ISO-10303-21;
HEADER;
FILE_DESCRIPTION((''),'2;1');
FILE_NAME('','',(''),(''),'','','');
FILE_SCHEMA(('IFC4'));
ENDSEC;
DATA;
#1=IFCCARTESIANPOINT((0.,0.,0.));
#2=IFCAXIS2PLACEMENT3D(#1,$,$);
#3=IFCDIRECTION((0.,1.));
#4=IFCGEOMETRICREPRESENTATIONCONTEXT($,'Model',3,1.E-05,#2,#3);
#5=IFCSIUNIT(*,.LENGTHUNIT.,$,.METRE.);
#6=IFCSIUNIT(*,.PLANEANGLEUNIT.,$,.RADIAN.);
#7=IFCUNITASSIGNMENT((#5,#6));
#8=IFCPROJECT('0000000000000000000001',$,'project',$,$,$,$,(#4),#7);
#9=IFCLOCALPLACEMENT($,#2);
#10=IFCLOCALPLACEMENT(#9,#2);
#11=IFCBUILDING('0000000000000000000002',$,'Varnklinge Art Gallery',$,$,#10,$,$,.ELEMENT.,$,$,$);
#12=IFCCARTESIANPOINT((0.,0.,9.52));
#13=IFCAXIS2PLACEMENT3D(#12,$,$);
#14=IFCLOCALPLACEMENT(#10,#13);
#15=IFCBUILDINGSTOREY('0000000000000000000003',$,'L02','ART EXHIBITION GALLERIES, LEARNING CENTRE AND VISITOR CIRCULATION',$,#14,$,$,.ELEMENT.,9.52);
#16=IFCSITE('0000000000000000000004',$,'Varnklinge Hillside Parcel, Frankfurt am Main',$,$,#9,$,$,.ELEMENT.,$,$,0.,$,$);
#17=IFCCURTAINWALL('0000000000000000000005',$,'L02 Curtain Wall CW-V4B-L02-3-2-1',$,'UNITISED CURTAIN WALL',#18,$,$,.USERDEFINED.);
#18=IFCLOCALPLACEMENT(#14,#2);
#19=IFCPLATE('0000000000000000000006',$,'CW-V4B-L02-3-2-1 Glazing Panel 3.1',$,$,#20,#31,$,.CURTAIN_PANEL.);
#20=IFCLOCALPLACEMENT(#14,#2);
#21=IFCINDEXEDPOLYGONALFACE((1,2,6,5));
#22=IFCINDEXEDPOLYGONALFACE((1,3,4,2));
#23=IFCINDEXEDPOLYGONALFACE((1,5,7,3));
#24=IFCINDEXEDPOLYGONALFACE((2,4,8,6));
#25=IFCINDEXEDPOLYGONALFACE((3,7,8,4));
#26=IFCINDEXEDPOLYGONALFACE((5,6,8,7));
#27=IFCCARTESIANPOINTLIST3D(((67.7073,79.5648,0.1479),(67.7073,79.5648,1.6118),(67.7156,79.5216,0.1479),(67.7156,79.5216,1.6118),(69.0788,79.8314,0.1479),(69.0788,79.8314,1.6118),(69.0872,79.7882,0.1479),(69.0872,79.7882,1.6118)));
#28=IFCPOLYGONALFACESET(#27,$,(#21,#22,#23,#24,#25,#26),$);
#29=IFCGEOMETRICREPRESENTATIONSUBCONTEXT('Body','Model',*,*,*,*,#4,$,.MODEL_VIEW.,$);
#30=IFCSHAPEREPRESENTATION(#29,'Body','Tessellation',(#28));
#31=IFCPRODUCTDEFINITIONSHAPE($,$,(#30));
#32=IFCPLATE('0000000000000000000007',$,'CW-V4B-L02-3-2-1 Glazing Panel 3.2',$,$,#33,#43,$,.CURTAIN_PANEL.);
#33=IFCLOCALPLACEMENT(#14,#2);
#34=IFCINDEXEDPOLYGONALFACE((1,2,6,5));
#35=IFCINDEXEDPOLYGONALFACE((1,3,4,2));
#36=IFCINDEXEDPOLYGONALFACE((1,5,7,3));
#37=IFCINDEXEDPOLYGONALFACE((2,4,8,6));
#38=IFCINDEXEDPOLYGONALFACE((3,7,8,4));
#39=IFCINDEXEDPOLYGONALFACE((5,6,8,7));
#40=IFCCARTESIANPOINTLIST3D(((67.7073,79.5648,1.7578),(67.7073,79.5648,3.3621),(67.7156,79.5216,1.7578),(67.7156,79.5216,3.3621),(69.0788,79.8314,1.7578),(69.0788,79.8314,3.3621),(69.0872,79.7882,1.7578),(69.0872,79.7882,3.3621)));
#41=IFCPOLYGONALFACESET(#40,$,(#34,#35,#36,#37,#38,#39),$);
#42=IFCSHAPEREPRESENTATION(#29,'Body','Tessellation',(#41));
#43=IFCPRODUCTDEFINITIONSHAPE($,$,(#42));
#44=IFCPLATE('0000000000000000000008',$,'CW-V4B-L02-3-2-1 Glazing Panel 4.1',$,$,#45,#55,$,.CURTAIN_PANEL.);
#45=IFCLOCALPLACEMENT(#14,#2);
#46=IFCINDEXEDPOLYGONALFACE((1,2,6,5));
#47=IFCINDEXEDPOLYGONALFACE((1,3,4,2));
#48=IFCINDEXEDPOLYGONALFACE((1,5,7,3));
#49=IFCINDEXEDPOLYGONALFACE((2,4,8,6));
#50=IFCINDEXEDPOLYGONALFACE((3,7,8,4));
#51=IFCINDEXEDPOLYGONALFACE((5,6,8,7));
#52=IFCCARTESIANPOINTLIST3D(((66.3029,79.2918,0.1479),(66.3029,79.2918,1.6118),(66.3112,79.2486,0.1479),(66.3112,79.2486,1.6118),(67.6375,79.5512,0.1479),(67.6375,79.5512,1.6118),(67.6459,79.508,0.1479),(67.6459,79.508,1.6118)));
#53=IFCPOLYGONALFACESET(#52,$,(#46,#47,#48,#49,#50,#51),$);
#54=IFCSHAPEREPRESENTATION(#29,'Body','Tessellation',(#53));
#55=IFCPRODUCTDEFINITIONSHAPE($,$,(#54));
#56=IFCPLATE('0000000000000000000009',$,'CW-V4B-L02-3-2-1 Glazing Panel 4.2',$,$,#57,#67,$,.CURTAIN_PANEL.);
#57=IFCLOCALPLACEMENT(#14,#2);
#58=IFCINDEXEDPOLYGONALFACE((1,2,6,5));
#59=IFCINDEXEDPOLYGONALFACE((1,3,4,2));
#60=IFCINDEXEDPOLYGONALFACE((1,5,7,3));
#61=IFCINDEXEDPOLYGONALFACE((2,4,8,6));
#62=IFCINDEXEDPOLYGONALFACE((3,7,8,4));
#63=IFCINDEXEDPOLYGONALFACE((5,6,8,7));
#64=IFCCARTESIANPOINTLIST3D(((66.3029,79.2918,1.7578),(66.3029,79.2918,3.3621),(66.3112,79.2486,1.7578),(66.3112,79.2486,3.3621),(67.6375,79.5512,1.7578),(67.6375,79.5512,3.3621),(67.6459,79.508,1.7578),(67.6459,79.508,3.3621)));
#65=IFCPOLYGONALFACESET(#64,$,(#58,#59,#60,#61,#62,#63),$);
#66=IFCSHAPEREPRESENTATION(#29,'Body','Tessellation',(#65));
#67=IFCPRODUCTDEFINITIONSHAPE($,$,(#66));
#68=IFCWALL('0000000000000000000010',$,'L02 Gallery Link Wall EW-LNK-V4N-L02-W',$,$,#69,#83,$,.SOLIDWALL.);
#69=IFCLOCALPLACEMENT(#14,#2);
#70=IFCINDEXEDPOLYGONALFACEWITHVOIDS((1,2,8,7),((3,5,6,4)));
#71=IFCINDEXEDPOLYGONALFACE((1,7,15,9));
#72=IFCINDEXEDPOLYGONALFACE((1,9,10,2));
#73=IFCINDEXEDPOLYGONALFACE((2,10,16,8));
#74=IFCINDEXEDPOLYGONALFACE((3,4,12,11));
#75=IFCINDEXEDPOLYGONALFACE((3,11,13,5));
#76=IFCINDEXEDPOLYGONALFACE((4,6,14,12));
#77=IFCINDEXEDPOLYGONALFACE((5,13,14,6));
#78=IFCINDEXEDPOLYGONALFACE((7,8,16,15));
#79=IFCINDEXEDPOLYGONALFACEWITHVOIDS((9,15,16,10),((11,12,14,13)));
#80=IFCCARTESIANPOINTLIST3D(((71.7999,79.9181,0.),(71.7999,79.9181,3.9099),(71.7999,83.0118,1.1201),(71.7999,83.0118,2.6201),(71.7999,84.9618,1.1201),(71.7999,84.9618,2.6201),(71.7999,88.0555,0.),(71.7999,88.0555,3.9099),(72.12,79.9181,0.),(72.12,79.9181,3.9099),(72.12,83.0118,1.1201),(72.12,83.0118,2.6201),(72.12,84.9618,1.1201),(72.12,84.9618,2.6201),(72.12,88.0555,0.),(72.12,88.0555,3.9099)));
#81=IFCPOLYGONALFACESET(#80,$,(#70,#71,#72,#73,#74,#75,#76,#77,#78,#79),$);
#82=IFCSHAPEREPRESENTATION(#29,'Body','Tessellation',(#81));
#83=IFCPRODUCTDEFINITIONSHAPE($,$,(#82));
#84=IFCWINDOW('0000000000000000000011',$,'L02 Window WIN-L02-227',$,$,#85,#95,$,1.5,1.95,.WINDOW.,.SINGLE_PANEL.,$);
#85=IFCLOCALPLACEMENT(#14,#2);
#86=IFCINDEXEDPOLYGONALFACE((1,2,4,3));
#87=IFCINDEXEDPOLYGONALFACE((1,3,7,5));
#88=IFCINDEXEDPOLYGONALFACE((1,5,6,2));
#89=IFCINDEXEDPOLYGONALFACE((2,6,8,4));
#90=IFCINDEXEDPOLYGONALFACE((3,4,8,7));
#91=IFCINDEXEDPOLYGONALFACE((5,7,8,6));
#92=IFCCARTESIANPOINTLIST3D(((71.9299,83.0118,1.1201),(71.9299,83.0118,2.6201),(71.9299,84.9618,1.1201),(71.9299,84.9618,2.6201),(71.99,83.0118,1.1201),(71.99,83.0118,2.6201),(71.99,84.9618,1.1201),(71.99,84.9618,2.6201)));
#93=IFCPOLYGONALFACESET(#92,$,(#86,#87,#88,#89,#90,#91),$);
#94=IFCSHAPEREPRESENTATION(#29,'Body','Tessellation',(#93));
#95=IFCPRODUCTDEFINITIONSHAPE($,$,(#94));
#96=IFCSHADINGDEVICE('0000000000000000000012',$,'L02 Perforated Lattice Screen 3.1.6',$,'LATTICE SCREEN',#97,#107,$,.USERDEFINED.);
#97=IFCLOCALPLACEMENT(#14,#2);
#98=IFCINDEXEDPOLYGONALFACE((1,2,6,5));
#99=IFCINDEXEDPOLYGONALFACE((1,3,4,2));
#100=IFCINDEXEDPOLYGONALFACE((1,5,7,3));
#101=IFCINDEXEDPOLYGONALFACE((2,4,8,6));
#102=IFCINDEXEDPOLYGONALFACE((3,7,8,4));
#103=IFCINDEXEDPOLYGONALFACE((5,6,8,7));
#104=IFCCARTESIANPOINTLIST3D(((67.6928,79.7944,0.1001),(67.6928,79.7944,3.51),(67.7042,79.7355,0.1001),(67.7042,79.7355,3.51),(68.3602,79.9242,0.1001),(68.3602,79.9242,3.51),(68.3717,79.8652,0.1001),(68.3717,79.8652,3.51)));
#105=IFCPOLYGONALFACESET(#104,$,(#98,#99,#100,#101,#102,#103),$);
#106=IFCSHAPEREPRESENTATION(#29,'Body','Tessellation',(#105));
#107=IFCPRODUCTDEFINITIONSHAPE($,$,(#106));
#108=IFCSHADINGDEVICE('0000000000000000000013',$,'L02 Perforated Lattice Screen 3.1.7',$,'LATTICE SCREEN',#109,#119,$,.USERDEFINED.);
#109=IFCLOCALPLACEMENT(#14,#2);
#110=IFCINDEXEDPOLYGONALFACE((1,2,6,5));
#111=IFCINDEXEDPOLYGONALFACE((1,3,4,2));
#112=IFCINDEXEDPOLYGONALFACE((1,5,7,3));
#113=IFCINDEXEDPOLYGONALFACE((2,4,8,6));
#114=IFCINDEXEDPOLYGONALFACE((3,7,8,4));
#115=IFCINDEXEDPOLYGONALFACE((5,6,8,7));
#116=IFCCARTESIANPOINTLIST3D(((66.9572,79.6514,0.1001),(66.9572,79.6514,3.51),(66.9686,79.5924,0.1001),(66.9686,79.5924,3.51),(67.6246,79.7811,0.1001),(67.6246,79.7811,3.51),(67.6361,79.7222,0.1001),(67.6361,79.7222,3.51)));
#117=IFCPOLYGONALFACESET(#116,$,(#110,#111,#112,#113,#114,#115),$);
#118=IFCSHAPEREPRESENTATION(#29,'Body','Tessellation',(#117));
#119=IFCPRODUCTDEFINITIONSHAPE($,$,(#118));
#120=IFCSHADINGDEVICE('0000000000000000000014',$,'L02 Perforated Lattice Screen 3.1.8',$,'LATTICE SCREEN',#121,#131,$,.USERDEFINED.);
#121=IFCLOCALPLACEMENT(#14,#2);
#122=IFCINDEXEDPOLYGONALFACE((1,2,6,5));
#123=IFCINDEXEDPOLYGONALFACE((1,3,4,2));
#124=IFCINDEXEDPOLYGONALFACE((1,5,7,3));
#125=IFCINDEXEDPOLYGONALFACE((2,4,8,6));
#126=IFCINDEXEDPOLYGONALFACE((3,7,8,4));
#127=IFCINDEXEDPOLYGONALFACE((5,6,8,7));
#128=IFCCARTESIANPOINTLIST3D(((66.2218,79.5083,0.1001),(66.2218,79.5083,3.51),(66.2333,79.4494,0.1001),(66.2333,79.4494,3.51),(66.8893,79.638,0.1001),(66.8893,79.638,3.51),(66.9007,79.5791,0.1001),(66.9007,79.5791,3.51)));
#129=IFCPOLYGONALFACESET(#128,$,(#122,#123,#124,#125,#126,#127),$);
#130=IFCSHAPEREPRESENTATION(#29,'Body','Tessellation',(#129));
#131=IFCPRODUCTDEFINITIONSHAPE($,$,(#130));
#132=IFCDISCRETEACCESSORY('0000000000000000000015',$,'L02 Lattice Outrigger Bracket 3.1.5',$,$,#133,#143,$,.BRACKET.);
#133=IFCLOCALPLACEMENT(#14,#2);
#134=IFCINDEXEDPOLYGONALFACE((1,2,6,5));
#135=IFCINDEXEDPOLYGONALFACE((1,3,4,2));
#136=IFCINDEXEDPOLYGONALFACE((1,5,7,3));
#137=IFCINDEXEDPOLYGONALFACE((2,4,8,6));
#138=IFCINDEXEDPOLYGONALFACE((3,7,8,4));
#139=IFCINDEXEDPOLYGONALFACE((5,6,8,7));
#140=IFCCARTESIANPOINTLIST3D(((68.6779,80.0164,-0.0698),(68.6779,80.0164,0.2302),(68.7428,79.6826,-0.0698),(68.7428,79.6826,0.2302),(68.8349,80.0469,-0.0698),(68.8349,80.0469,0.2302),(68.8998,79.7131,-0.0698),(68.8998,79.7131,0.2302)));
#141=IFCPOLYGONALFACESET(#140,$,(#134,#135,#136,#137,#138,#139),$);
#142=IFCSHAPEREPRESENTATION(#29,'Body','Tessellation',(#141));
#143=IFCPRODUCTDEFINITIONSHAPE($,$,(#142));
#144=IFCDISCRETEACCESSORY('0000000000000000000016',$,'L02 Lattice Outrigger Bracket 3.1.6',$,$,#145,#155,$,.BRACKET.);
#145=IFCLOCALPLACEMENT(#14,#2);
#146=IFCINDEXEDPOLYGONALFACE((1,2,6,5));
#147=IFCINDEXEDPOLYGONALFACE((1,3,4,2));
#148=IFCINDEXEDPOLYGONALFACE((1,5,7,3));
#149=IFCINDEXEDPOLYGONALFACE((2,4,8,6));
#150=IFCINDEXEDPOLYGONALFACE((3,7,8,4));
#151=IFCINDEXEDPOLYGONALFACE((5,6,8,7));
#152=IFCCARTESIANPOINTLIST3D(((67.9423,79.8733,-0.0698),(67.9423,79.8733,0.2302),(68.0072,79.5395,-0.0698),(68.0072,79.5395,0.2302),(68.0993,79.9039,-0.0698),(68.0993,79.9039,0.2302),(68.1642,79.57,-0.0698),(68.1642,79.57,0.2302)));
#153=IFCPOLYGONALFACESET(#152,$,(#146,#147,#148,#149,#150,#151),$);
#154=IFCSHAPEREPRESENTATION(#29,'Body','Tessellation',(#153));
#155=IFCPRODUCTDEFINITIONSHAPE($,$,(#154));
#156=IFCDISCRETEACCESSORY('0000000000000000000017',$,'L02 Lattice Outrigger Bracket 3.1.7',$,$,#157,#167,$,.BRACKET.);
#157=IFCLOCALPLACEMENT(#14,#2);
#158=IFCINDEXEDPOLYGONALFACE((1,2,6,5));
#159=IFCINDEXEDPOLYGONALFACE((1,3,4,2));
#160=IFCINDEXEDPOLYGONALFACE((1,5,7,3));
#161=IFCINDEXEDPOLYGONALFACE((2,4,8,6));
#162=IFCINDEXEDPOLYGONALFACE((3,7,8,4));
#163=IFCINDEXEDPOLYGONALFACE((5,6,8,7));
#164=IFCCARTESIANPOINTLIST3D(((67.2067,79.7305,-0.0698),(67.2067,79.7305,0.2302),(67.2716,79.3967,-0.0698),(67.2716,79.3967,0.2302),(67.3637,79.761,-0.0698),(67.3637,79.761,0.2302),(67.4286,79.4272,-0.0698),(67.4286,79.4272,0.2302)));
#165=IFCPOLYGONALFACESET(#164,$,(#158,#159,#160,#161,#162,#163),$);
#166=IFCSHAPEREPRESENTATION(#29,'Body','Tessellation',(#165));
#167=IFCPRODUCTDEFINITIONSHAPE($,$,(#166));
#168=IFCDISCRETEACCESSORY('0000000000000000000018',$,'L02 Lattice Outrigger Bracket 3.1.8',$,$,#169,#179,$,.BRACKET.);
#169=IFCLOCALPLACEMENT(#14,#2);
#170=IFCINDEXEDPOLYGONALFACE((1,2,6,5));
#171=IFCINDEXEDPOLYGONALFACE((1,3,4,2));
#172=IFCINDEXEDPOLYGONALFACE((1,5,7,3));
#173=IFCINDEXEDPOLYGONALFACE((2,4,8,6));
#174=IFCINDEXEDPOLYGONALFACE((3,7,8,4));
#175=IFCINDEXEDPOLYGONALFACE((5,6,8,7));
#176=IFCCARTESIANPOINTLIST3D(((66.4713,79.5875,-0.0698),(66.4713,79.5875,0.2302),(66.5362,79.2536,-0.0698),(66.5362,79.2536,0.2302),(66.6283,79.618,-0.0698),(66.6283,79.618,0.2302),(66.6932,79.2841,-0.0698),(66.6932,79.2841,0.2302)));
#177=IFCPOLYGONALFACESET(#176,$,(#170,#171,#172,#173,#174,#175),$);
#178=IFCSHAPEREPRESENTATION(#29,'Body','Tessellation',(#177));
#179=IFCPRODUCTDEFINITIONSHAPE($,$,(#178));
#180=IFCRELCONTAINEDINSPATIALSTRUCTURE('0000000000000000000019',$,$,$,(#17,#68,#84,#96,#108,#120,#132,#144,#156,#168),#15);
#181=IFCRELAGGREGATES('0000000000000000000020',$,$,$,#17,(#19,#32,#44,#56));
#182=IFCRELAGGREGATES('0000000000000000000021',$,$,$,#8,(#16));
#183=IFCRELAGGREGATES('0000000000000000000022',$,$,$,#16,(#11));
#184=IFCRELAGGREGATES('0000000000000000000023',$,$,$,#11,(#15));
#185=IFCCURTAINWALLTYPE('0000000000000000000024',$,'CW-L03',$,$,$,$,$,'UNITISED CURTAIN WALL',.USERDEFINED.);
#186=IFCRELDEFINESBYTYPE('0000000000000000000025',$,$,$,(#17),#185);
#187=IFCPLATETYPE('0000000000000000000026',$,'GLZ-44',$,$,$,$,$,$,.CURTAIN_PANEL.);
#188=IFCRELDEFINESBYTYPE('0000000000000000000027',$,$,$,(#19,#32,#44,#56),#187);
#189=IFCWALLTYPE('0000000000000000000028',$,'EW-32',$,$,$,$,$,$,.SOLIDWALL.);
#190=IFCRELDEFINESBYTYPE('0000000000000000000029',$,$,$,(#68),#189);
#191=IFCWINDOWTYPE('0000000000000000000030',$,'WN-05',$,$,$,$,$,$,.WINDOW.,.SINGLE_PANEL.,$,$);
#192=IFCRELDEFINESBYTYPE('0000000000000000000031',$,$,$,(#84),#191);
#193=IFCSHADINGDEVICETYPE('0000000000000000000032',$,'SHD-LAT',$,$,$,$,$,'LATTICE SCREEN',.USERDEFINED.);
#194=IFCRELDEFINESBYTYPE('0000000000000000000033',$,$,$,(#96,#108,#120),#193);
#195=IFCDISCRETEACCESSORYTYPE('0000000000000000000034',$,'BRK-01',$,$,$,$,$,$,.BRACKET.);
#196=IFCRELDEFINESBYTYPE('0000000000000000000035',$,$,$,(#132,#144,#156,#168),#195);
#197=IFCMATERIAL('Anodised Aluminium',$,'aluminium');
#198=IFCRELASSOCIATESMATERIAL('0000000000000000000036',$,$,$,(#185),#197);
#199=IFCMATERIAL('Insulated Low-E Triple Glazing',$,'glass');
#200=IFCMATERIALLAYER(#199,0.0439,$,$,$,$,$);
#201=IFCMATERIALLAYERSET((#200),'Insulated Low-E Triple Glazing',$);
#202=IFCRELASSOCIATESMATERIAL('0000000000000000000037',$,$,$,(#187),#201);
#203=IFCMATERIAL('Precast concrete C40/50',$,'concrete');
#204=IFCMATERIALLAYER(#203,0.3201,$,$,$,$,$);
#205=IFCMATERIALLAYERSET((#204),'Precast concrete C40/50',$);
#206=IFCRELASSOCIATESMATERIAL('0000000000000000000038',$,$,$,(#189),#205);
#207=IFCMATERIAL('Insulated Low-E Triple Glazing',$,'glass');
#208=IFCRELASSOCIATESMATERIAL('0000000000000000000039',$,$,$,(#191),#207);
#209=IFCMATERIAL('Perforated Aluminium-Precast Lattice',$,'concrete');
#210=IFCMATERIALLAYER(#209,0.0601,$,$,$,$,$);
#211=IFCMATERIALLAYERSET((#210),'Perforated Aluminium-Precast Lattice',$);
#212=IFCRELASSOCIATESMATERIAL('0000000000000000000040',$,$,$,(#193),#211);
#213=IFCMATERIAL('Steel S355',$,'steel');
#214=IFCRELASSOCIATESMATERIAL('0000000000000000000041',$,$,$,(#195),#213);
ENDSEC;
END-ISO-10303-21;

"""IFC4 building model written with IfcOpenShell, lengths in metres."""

from ifc_helpers import new_model, si_unit, direction, frame, frame_2d, origin, origin_2d, place, context, subcontext, project, spatial, rectangle, extrude, material, layer, layer_set, type_object, element, fill, aggregate, save


model = new_model("IFC4")

# Units and contexts
model_context = context("Model", 3, precision=1e-05, world=origin(), true_north=direction((0.0, 1.0)))
body_context = subcontext(model_context, "Body", "Model", "MODEL_VIEW")
ifc_project = project(units=[si_unit("LENGTHUNIT", "METRE"), si_unit("PLANEANGLEUNIT", "RADIAN")], contexts=[model_context])

# Site, building, storey
site_placement = place(None, origin())
site = spatial("IfcSite", under=ifc_project, at=site_placement, Name="Varnklinge Hillside Parcel, Frankfurt am Main", CompositionType="ELEMENT", RefElevation=0.0)
building_placement = place(site_placement, origin())
building = spatial("IfcBuilding", under=site, at=building_placement, Name="Varnklinge Art Gallery", CompositionType="ELEMENT")
storey_placement = place(building_placement, frame((0.0, 0.0, 9.52)))
storey = spatial("IfcBuildingStorey", under=building, at=storey_placement, Name="L02", Description="ART EXHIBITION GALLERIES, LEARNING CENTRE AND VISITOR CIRCULATION", CompositionType="ELEMENT", Elevation=9.52)

# Curtain wall
ifc_material_1 = material(Name="Anodised Aluminium", Category="aluminium")
curtain_wall_type = type_object("IfcCurtainWallType", Name="CW-L03", ElementType="UNITISED CURTAIN WALL", PredefinedType="USERDEFINED", material=ifc_material_1)
curtain_wall_1_placement = place(storey_placement, origin())
curtain_wall_1 = element("IfcCurtainWall", 1, at=curtain_wall_1_placement, inside=storey, type_object=curtain_wall_type, Name="L02 Curtain Wall CW-V4B-L02-3-2-1", ObjectType="UNITISED CURTAIN WALL", PredefinedType="USERDEFINED")

# Plates
ifc_material_2 = material(Name="Insulated Low-E Triple Glazing", Category="glass")
ifc_layer_1 = layer(ifc_material_2, 0.0439)
ifc_layer_set_1 = layer_set([ifc_layer_1], Name="Insulated Low-E Triple Glazing")
plate_type = type_object("IfcPlateType", Name="GLZ-44", PredefinedType="CURTAIN_PANEL", material=ifc_layer_set_1)
plate_1_placement = place(storey_placement, frame((68.3972, 79.6765, 0.1479), z_axis=(0.0, 0.0, 1.0), x_axis=(-0.981627, -0.190809, 0.0)))
plate_1 = element("IfcPlate", 2, at=plate_1_placement, type_object=plate_type, Name="CW-V4B-L02-3-2-1 Glazing Panel 3.1", PredefinedType="CURTAIN_PANEL", context=body_context, shape_type="SweptSolid", body=[
    extrude(rectangle(XDim=1.3972, YDim=0.0439, at=origin_2d()), origin(), (0.0, 0.0, 1.0), 1.4639),
])
plate_2_placement = place(storey_placement, frame((68.3972, 79.6765, 1.7578), z_axis=(0.0, 0.0, 1.0), x_axis=(-0.981627, -0.190809, 0.0)))
plate_2 = element("IfcPlate", 3, at=plate_2_placement, type_object=plate_type, Name="CW-V4B-L02-3-2-1 Glazing Panel 3.2", PredefinedType="CURTAIN_PANEL", context=body_context, shape_type="SweptSolid", body=[
    extrude(rectangle(XDim=1.3972, YDim=0.0439, at=origin_2d()), origin(), (0.0, 0.0, 1.0), 1.6042),
])
plate_3_placement = place(storey_placement, frame((66.9744, 79.3999, 0.1479), z_axis=(0.0, 0.0, 1.0), x_axis=(-0.981627, -0.190809, 0.0)))
plate_3 = element("IfcPlate", 4, at=plate_3_placement, type_object=plate_type, Name="CW-V4B-L02-3-2-1 Glazing Panel 4.1", PredefinedType="CURTAIN_PANEL", context=body_context, shape_type="SweptSolid", body=[
    extrude(rectangle(XDim=1.3596, YDim=0.0439, at=origin_2d()), origin(), (0.0, 0.0, 1.0), 1.4639),
])
plate_4_placement = place(storey_placement, frame((66.9744, 79.3999, 1.7578), z_axis=(0.0, 0.0, 1.0), x_axis=(-0.981627, -0.190809, 0.0)))
plate_4 = element("IfcPlate", 5, at=plate_4_placement, type_object=plate_type, Name="CW-V4B-L02-3-2-1 Glazing Panel 4.2", PredefinedType="CURTAIN_PANEL", context=body_context, shape_type="SweptSolid", body=[
    extrude(rectangle(XDim=1.3596, YDim=0.0439, at=origin_2d()), origin(), (0.0, 0.0, 1.0), 1.6042),
])
aggregate(curtain_wall_1, [plate_1, plate_2, plate_3, plate_4])

# Wall, opening, window
ifc_material_3 = material(Name="Precast concrete C40/50", Category="concrete")
ifc_layer_2 = layer(ifc_material_3, 0.3201)
ifc_layer_set_2 = layer_set([ifc_layer_2], Name="Precast concrete C40/50")
wall_type = type_object("IfcWallType", Name="EW-32", PredefinedType="SOLIDWALL", material=ifc_layer_set_2)
wall_placement = place(storey_placement, frame((71.96, 79.918, 0.0), z_axis=(0.0, 0.0, 1.0), x_axis=(0.0, 1.0, 0.0)))
wall = element("IfcWall", 6, at=wall_placement, inside=storey, type_object=wall_type, Name="L02 Gallery Link Wall EW-LNK-V4N-L02-W", PredefinedType="SOLIDWALL", context=body_context, shape_type="SweptSolid", body=[
    extrude(rectangle(XDim=8.1375, YDim=0.3201, at=frame_2d((4.0688, 0.0))), origin(), (0.0, 0.0, 1.0), 3.9099),
])
opening_placement = place(wall_placement, frame((3.0938, 0.0, 1.1201)))
opening = element("IfcOpeningElement", 7, at=opening_placement, cuts=wall, PredefinedType="OPENING", context=body_context, shape_type="SweptSolid", body=[
    extrude(rectangle(XDim=1.95, YDim=1.5, at=frame_2d((0.9751, 0.75))), frame((0.0, 0.1702, 0.0), z_axis=(0.0, -1.0, 0.0), x_axis=(1.0, 0.0, 0.0)), (0.0, 0.0, 1.0), 0.3401),
])
ifc_material_4 = material(Name="Insulated Low-E Triple Glazing", Category="glass")
window_type = type_object("IfcWindowType", Name="WN-05", PartitioningType="SINGLE_PANEL", PredefinedType="WINDOW", material=ifc_material_4)
window_placement = place(opening_placement, origin())
window = element("IfcWindow", 8, at=window_placement, inside=storey, type_object=window_type, Name="L02 Window WIN-L02-227", OverallHeight=1.5, OverallWidth=1.95, PartitioningType="SINGLE_PANEL", PredefinedType="WINDOW", context=body_context, shape_type="SweptSolid", body=[
    extrude(rectangle(XDim=1.95, YDim=1.5, at=frame_2d((0.9751, 0.75))), frame((0.0, 0.03, 0.0), z_axis=(0.0, -1.0, 0.0), x_axis=(1.0, 0.0, 0.0)), (0.0, 0.0, 1.0), 0.0601),
])
fill(opening, window)

# Shading devices
ifc_material_5 = material(Name="Perforated Aluminium-Precast Lattice", Category="concrete")
ifc_layer_3 = layer(ifc_material_5, 0.0601)
ifc_layer_set_3 = layer_set([ifc_layer_3], Name="Perforated Aluminium-Precast Lattice")
shading_device_type = type_object("IfcShadingDeviceType", Name="SHD-LAT", ElementType="LATTICE SCREEN", PredefinedType="USERDEFINED", material=ifc_layer_set_3)
for number, where, z_axis, x_axis, name in (
    (9, (68.0322, 79.8298, 0.1001), (0.0, 0.0, 1.0), (-0.981627, -0.190809, 0.0), "L02 Perforated Lattice Screen 3.1.6"),
    (10, (67.2966, 79.6868, 0.1001), (0.0, 0.0, 1.0), (-0.981627, -0.190809, 0.0), "L02 Perforated Lattice Screen 3.1.7"),
    (11, (66.5613, 79.5437, 0.1001), (0.0, 0.0, 1.0), (-0.981627, -0.190809, 0.0), "L02 Perforated Lattice Screen 3.1.8"),
):
    element("IfcShadingDevice", number, at=place(storey_placement, frame(where, z_axis=z_axis, x_axis=x_axis)), inside=storey, type_object=shading_device_type, Name=name, ObjectType="LATTICE SCREEN", PredefinedType="USERDEFINED", context=body_context, shape_type="SweptSolid", body=[
        extrude(rectangle(XDim=0.6799, YDim=0.0601, at=origin_2d()), origin(), (0.0, 0.0, 1.0), 3.4099),
    ])

# Discrete accessories
ifc_material_6 = material(Name="Steel S355", Category="steel")
discrete_accessory_type = type_object("IfcDiscreteAccessoryType", Name="BRK-01", PredefinedType="BRACKET", material=ifc_material_6)
for number, where, z_axis, x_axis, name in (
    (12, (68.7888, 79.8647, -0.0698), (0.0, 0.0, 1.0), (-0.981627, -0.190809, 0.0), "L02 Lattice Outrigger Bracket 3.1.5"),
    (13, (68.0532, 79.7217, -0.0698), (0.0, 0.0, 1.0), (-0.981627, -0.190809, 0.0), "L02 Lattice Outrigger Bracket 3.1.6"),
    (14, (67.3176, 79.5789, -0.0698), (0.0, 0.0, 1.0), (-0.981627, -0.190809, 0.0), "L02 Lattice Outrigger Bracket 3.1.7"),
    (15, (66.5823, 79.4358, -0.0698), (0.0, 0.0, 1.0), (-0.981627, -0.190809, 0.0), "L02 Lattice Outrigger Bracket 3.1.8"),
):
    element("IfcDiscreteAccessory", number, at=place(storey_placement, frame(where, z_axis=z_axis, x_axis=x_axis)), inside=storey, type_object=discrete_accessory_type, Name=name, PredefinedType="BRACKET", context=body_context, shape_type="SweptSolid", body=[
        extrude(rectangle(XDim=0.1599, YDim=0.3401, at=origin_2d()), origin(), (0.0, 0.0, 1.0), 0.3),
    ])

save(model, "model.ifc")
